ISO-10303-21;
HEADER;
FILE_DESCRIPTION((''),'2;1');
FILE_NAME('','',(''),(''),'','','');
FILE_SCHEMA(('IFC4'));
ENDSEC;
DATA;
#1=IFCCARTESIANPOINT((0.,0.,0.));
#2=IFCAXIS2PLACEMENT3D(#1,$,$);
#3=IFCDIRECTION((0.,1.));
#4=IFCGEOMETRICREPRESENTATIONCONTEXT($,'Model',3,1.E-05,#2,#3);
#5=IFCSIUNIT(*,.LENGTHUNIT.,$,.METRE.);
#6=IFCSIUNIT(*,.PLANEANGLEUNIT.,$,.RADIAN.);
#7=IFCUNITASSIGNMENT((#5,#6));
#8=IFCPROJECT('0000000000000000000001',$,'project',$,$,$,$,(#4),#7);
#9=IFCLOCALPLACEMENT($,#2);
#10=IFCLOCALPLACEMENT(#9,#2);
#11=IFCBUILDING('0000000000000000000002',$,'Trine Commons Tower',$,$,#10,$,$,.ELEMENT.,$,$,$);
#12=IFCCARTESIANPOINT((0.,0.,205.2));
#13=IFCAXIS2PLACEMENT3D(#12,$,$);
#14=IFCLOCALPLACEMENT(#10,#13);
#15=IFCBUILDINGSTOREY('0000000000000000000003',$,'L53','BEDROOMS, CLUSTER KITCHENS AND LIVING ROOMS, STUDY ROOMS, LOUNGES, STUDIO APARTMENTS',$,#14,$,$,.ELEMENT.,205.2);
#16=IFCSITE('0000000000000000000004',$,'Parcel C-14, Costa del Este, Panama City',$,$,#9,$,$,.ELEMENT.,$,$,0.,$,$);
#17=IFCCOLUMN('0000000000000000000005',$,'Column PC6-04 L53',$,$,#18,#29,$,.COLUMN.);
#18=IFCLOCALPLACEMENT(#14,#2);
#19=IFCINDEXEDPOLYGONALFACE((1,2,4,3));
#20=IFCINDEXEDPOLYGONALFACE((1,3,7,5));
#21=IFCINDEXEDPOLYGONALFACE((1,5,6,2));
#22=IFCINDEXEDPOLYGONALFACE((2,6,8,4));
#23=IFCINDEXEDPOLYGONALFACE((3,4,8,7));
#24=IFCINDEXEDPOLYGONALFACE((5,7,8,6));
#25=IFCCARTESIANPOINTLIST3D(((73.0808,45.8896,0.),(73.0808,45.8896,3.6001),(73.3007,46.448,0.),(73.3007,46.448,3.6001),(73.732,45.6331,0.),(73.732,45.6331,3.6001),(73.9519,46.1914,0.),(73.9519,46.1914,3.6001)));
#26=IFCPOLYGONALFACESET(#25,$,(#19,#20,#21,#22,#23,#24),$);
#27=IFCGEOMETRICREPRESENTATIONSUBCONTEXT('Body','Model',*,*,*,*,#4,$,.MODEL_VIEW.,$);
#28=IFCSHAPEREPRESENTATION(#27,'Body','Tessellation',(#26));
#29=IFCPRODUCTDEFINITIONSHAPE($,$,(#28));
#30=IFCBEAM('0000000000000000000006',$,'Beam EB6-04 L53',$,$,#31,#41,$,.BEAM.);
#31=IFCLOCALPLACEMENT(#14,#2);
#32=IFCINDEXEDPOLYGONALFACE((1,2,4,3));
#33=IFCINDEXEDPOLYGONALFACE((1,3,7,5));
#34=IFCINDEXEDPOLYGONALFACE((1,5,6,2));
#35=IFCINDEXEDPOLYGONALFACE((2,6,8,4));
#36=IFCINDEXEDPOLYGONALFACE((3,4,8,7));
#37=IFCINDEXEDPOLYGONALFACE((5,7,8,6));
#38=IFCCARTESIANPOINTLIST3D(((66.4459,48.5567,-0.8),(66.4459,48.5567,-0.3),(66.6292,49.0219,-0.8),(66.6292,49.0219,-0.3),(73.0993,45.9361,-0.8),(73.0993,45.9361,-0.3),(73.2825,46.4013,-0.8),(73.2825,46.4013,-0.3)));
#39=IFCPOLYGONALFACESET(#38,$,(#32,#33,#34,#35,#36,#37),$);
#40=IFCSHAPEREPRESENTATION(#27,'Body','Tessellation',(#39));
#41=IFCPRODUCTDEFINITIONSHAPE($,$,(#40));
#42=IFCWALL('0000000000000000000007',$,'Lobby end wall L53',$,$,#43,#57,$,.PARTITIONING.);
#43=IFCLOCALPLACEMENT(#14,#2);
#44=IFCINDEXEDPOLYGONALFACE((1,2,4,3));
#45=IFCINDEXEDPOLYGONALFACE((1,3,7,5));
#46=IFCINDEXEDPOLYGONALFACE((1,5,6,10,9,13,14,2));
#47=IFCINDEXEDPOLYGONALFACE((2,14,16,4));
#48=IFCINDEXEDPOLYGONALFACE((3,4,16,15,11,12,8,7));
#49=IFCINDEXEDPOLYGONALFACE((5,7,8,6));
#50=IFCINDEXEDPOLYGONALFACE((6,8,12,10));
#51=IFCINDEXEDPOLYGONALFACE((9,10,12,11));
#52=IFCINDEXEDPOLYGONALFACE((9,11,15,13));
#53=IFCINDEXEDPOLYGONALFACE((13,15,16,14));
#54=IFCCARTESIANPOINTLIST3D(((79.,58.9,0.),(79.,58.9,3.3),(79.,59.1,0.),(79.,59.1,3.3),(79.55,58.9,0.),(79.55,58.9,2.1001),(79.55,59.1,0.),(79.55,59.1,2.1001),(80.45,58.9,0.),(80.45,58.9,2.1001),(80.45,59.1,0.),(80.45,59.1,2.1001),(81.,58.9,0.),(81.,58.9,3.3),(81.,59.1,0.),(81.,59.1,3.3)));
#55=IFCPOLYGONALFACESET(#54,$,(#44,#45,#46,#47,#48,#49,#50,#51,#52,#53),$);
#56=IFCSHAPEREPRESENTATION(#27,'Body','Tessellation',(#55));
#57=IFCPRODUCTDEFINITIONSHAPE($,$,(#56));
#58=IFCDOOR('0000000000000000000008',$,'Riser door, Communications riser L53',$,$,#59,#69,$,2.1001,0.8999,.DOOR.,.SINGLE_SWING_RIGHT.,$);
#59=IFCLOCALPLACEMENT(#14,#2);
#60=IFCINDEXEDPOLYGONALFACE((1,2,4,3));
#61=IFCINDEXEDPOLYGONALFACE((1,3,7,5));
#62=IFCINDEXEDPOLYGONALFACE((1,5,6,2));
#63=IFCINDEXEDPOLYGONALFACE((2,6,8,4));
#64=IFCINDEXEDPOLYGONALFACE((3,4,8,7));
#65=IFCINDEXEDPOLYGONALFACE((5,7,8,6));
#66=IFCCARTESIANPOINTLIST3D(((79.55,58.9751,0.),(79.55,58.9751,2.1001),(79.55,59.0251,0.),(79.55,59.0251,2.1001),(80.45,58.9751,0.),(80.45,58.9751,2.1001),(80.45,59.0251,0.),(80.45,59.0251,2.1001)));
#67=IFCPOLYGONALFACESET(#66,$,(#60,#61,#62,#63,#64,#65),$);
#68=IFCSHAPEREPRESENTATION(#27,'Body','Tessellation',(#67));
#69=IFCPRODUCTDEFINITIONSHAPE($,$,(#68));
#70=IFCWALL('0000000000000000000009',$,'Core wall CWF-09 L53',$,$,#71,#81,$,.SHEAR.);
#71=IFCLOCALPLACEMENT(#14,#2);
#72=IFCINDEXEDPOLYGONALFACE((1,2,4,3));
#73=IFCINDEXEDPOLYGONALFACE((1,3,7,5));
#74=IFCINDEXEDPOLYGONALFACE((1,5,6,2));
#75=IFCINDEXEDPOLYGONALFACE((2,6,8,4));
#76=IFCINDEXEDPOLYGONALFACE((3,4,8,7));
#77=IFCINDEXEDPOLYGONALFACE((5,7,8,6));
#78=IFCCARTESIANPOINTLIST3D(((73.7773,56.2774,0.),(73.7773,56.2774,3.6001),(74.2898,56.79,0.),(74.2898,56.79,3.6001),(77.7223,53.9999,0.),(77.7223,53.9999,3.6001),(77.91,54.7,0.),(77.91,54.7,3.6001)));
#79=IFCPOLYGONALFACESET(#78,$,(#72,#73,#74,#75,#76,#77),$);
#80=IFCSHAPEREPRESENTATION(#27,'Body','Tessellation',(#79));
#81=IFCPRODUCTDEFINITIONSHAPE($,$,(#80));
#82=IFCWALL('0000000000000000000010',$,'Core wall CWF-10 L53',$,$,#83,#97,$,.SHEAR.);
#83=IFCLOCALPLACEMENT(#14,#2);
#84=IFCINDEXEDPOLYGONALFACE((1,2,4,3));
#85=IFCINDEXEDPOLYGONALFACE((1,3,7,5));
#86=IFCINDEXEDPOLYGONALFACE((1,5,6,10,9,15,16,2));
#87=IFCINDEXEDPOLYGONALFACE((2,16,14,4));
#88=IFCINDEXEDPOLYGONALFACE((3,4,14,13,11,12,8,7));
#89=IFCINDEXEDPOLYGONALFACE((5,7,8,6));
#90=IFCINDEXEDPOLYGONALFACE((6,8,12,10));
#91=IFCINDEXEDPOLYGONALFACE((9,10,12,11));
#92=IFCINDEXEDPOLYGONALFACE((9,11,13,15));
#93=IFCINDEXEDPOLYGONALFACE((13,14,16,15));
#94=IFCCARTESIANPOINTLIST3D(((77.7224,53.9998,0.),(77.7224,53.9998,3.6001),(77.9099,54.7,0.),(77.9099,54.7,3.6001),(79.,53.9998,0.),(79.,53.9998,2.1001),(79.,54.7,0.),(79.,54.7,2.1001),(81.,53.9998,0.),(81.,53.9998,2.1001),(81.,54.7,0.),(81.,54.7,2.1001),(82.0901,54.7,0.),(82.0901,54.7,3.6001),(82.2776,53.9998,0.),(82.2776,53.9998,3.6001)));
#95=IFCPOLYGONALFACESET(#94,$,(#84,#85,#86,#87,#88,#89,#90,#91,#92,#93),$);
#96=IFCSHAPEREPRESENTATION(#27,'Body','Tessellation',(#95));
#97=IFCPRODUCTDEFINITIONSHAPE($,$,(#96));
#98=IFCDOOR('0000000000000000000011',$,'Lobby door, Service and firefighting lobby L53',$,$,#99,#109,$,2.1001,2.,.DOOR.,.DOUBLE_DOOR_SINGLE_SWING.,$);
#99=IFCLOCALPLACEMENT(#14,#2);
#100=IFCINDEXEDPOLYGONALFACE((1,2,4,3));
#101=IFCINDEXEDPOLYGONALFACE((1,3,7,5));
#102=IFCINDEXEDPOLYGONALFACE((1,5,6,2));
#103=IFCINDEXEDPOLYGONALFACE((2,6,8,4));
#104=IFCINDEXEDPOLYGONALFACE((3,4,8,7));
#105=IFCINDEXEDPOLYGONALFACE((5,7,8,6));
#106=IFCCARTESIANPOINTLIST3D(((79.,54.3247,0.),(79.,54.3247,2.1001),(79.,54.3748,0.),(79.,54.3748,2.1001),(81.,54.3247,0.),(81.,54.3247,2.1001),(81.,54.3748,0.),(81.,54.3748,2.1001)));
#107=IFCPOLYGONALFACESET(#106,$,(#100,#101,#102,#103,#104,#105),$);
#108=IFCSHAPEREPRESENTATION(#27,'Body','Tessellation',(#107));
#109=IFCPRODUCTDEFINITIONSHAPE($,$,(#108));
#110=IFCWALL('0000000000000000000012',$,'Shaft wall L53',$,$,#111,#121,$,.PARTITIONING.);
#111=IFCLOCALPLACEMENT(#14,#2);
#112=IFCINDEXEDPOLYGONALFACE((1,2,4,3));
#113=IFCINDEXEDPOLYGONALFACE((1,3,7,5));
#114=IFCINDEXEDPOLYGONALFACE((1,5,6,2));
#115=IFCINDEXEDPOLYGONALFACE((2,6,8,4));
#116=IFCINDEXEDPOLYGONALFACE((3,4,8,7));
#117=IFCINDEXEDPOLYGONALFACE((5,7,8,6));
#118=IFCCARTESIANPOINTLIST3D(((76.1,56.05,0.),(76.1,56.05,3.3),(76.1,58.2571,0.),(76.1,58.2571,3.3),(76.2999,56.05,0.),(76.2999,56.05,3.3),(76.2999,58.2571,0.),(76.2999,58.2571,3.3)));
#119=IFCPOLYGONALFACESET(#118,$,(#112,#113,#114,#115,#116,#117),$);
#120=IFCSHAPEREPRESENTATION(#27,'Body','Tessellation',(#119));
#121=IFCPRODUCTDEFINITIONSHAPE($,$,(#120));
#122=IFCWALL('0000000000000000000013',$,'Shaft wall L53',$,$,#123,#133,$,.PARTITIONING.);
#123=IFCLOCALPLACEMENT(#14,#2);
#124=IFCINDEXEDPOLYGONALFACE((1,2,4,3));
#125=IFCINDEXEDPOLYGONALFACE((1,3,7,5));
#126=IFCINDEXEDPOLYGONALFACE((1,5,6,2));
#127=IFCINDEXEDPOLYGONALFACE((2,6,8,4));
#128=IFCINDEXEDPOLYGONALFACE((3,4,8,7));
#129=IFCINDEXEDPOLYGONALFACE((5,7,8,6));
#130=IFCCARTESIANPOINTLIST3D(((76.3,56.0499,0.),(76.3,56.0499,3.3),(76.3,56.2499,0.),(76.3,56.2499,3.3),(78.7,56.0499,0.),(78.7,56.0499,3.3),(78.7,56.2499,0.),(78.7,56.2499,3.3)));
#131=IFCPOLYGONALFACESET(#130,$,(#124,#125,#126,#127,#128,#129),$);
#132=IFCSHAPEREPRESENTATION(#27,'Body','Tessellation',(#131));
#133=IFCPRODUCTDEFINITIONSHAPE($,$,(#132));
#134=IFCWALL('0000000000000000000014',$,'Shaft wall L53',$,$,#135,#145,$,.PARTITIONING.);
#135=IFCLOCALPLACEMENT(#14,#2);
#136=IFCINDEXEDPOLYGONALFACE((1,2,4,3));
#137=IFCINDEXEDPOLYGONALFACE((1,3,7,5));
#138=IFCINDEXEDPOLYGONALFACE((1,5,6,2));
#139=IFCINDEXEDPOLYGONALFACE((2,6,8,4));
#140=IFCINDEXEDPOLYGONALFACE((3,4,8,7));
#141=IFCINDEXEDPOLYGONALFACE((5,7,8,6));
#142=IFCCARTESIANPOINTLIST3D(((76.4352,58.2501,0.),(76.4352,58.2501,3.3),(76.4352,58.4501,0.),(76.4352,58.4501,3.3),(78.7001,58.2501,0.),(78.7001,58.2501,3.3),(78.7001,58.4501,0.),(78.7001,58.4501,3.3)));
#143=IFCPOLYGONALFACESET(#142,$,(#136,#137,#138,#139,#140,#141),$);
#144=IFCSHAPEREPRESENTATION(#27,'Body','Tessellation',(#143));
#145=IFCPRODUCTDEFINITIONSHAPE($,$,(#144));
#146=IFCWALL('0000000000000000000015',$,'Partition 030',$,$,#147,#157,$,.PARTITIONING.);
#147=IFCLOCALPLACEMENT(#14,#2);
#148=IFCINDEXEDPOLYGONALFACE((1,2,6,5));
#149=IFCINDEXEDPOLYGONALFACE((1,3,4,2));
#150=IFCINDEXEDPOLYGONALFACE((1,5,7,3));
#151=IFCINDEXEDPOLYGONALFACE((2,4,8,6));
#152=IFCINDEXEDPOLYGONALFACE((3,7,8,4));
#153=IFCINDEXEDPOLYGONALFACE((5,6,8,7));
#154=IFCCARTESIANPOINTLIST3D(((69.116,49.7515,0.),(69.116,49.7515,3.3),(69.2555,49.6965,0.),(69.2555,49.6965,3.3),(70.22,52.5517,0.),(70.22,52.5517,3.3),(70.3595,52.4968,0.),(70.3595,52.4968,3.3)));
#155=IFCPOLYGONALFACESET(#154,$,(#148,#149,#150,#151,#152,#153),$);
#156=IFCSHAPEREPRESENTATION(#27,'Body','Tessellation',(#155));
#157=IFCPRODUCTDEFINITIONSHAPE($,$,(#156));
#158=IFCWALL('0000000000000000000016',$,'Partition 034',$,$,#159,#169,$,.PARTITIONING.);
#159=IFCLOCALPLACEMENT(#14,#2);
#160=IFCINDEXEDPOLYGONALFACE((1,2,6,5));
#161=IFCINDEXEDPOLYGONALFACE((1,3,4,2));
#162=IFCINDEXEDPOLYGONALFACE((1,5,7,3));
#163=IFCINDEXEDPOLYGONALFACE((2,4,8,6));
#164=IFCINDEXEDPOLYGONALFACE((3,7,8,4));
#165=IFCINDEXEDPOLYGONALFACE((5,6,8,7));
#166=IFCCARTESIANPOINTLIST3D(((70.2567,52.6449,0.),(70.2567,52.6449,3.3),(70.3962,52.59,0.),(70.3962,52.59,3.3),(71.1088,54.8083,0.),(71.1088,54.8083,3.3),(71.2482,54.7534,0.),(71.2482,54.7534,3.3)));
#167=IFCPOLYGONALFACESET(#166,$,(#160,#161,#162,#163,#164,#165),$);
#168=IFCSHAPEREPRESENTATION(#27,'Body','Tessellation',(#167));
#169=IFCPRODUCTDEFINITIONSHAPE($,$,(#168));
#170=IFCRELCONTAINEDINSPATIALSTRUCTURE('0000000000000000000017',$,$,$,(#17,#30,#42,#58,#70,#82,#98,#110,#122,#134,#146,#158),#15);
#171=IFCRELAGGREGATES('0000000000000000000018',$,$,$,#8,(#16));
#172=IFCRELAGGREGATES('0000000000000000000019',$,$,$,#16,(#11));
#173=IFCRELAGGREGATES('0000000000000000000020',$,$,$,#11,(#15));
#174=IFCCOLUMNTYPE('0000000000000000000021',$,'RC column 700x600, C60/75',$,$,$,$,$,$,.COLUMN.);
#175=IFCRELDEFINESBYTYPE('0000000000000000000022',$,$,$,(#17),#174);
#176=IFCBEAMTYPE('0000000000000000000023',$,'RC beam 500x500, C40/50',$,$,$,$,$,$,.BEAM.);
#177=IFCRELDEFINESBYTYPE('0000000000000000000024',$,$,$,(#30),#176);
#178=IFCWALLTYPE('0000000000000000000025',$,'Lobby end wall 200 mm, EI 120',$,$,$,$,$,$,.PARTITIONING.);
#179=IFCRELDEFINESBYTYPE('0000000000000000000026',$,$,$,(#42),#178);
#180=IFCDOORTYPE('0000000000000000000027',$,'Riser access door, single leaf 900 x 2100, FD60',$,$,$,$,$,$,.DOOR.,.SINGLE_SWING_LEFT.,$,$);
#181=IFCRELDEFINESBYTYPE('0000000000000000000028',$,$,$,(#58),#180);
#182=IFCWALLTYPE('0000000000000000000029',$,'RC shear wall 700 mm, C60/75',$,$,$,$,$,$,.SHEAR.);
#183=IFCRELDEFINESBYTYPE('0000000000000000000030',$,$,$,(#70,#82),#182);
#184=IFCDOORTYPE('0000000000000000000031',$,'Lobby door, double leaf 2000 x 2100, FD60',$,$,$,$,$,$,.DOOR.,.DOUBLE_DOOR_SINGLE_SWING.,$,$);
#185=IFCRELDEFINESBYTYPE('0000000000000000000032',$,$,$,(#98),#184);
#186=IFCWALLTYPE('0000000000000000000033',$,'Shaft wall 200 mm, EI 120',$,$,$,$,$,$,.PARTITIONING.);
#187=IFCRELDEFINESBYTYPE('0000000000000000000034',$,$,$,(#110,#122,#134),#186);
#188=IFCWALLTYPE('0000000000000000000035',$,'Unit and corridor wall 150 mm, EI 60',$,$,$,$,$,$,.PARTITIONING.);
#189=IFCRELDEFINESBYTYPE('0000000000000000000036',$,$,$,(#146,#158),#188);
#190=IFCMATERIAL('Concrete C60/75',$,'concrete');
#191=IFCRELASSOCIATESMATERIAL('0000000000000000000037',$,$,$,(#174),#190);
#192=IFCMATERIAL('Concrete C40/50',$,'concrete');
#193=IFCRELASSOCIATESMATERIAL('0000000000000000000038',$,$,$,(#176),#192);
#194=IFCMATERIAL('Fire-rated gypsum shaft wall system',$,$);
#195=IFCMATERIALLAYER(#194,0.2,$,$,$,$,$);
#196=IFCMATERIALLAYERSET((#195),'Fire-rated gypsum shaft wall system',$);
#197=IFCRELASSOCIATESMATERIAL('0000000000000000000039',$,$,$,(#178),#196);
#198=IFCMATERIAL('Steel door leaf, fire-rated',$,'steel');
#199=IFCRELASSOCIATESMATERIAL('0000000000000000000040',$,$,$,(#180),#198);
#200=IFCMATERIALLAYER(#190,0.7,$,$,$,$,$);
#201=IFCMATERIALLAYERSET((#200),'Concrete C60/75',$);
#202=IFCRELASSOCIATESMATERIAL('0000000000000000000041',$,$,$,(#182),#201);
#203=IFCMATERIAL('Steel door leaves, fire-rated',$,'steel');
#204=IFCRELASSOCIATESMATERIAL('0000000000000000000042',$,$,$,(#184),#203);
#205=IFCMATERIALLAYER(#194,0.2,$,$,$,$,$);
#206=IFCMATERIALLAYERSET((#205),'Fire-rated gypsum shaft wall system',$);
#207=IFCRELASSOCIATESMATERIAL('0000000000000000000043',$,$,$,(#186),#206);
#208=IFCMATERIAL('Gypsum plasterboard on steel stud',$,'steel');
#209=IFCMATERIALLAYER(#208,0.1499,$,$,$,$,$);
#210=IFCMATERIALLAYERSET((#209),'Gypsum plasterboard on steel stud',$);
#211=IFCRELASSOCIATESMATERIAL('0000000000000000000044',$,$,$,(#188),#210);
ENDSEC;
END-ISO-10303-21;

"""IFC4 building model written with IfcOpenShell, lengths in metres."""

from ifc_helpers import new_model, si_unit, direction, frame, frame_2d, origin, origin_2d, place, context, subcontext, project, spatial, polyline, rectangle, outline, extrude, material, layer, layer_set, material_profile, profile_set, type_object, element, fill, save


model = new_model("IFC4")

# Units and contexts
model_context = context("Model", 3, precision=1e-05, world=origin(), true_north=direction((0.0, 1.0)))
body_context = subcontext(model_context, "Body", "Model", "MODEL_VIEW")
ifc_project = project(units=[si_unit("LENGTHUNIT", "METRE"), si_unit("PLANEANGLEUNIT", "RADIAN")], contexts=[model_context])

# Site, building, storey
site_placement = place(None, origin())
site = spatial("IfcSite", under=ifc_project, at=site_placement, Name="Parcel C-14, Costa del Este, Panama City", CompositionType="ELEMENT", RefElevation=0.0)
building_placement = place(site_placement, origin())
building = spatial("IfcBuilding", under=site, at=building_placement, Name="Trine Commons Tower", CompositionType="ELEMENT")
storey_placement = place(building_placement, frame((0.0, 0.0, 205.2)))
storey = spatial("IfcBuildingStorey", under=building, at=storey_placement, Name="L53", Description="BEDROOMS, CLUSTER KITCHENS AND LIVING ROOMS, STUDY ROOMS, LOUNGES, STUDIO APARTMENTS", CompositionType="ELEMENT", Elevation=205.2)

# Column
ifc_material_1 = material(Name="Concrete C60/75", Category="concrete")
ifc_material_profile_1 = material_profile(ifc_material_1, rectangle(XDim=0.7, YDim=0.6001, at=origin_2d()), Name="RC 700x600")
ifc_profile_set_1 = profile_set([ifc_material_profile_1], Name="Concrete C60/75")
column_type = type_object("IfcColumnType", Name="RC column 700x600, C60/75", PredefinedType="COLUMN", material=ifc_profile_set_1)
column_placement = place(storey_placement, frame((73.5164, 46.0405, 0.0), z_axis=(0.0, 0.0, 1.0), x_axis=(-0.930418, 0.366501, 0.0)))
element("IfcColumn", 1, at=column_placement, inside=storey, type_object=column_type, Name="Column PC6-04 L53", PredefinedType="COLUMN", context=body_context, shape_type="SweptSolid", body=[
    extrude(rectangle(XDim=0.7, YDim=0.6001, at=origin_2d()), origin(), (0.0, 0.0, 1.0), 3.6001),
])

# Beam
ifc_material_2 = material(Name="Concrete C40/50", Category="concrete")
ifc_material_profile_2 = material_profile(ifc_material_2, rectangle(XDim=0.5, YDim=0.5, at=origin_2d()), Name="RC 500x500")
ifc_profile_set_2 = profile_set([ifc_material_profile_2], Name="Concrete C40/50")
beam_type = type_object("IfcBeamType", Name="RC beam 500x500, C40/50", PredefinedType="BEAM", material=ifc_profile_set_2)
beam_placement = place(storey_placement, frame((73.1909, 46.1687, -0.55), z_axis=(-0.930427, 0.366476, 0.0), x_axis=(-0.366476, -0.930427, 0.0)))
element("IfcBeam", 2, at=beam_placement, inside=storey, type_object=beam_type, Name="Beam EB6-04 L53", PredefinedType="BEAM", context=body_context, shape_type="SweptSolid", body=[
    extrude(rectangle(XDim=0.5, YDim=0.5, at=origin_2d()), origin(), (0.0, 0.0, 1.0), 7.1509),
])

# Wall, opening, door
ifc_material_3 = material(Name="Fire-rated gypsum shaft wall system")
ifc_layer_1 = layer(ifc_material_3, 0.2)
ifc_layer_set_1 = layer_set([ifc_layer_1], Name="Fire-rated gypsum shaft wall system")
wall_type_1 = type_object("IfcWallType", Name="Lobby end wall 200 mm, EI 120", PredefinedType="PARTITIONING", material=ifc_layer_set_1)
wall_1_placement = place(storey_placement, frame((79.0, 59.0, 0.0), z_axis=(0.0, 0.0, 1.0), x_axis=(1.0, 0.0, 0.0)))
wall_1 = element("IfcWall", 3, at=wall_1_placement, inside=storey, type_object=wall_type_1, Name="Lobby end wall L53", PredefinedType="PARTITIONING", context=body_context, shape_type="SweptSolid", body=[
    extrude(rectangle(XDim=2.0, YDim=0.2, at=frame_2d((1.0, 0.0))), origin(), (0.0, 0.0, 1.0), 3.3),
])
opening_1_placement = place(wall_1_placement, frame((0.55, 0.0, 0.0)))
opening_1 = element("IfcOpeningElement", 4, at=opening_1_placement, cuts=wall_1, PredefinedType="OPENING", context=body_context, shape_type="SweptSolid", body=[
    extrude(rectangle(XDim=0.8999, YDim=2.1001, at=frame_2d((0.45, 1.05))), frame((0.0, 0.1099, 0.0), z_axis=(0.0, -1.0, 0.0), x_axis=(1.0, 0.0, 0.0)), (0.0, 0.0, 1.0), 0.22),
])
ifc_material_4 = material(Name="Steel door leaf, fire-rated", Category="steel")
door_type_1 = type_object("IfcDoorType", Name="Riser access door, single leaf 900 x 2100, FD60", OperationType="SINGLE_SWING_LEFT", PredefinedType="DOOR", material=ifc_material_4)
door_1_placement = place(opening_1_placement, frame((0.8999, 0.0, 0.0), z_axis=(0.0, 0.0, 1.0), x_axis=(-1.0, 0.0, 0.0)))
door_1 = element("IfcDoor", 5, at=door_1_placement, inside=storey, type_object=door_type_1, Name="Riser door, Communications riser L53", OperationType="SINGLE_SWING_RIGHT", OverallHeight=2.1001, OverallWidth=0.8999, PredefinedType="DOOR", context=body_context, shape_type="SweptSolid", body=[
    extrude(rectangle(XDim=0.8999, YDim=2.1001, at=frame_2d((0.45, 1.05))), frame((0.0, 0.0249, 0.0), z_axis=(0.0, -1.0, 0.0), x_axis=(1.0, 0.0, 0.0)), (0.0, 0.0, 1.0), 0.05),
])
fill(opening_1, door_1)

# Wall
ifc_layer_2 = layer(ifc_material_1, 0.7)
ifc_layer_set_2 = layer_set([ifc_layer_2], Name="Concrete C60/75")
wall_type_2 = type_object("IfcWallType", Name="RC shear wall 700 mm, C60/75", PredefinedType="SHEAR", material=ifc_layer_set_2)
wall_2_placement = place(storey_placement, frame((73.9524, 56.5806, 0.0), z_axis=(0.0, 0.0, 1.0), x_axis=(0.866035, -0.499984, 0.0)))
element("IfcWall", 6, at=wall_2_placement, inside=storey, type_object=wall_type_2, Name="Core wall CWF-09 L53", PredefinedType="SHEAR", context=body_context, shape_type="SweptSolid", body=[
    extrude(outline(polyline([(0.0, -0.3501), (4.5552, -0.3501), (4.3677, 0.3501), (0.1875, 0.3501), (0.0, -0.3501)])), origin(), (0.0, 0.0, 1.0), 3.6001),
])

# Wall, opening, door
wall_3_placement = place(storey_placement, frame((77.7224, 54.3499, 0.0), z_axis=(0.0, 0.0, 1.0), x_axis=(1.0, 0.0, 0.0)))
wall_3 = element("IfcWall", 7, at=wall_3_placement, inside=storey, type_object=wall_type_2, Name="Core wall CWF-10 L53", PredefinedType="SHEAR", context=body_context, shape_type="SweptSolid", body=[
    extrude(outline(polyline([(0.0, -0.3501), (4.5552, -0.3501), (4.3677, 0.3501), (0.1875, 0.3501), (0.0, -0.3501)])), origin(), (0.0, 0.0, 1.0), 3.6001),
])
opening_2_placement = place(wall_3_placement, frame((1.2776, 0.0, 0.0)))
opening_2 = element("IfcOpeningElement", 8, at=opening_2_placement, cuts=wall_3, PredefinedType="OPENING", context=body_context, shape_type="SweptSolid", body=[
    extrude(rectangle(XDim=2.0, YDim=2.1001, at=frame_2d((1.0, 1.05))), frame((0.0, 0.3599, 0.0), z_axis=(0.0, -1.0, 0.0), x_axis=(1.0, 0.0, 0.0)), (0.0, 0.0, 1.0), 0.72),
])
ifc_material_5 = material(Name="Steel door leaves, fire-rated", Category="steel")
door_type_2 = type_object("IfcDoorType", Name="Lobby door, double leaf 2000 x 2100, FD60", OperationType="DOUBLE_DOOR_SINGLE_SWING", PredefinedType="DOOR", material=ifc_material_5)
door_2_placement = place(opening_2_placement, origin())
door_2 = element("IfcDoor", 9, at=door_2_placement, inside=storey, type_object=door_type_2, Name="Lobby door, Service and firefighting lobby L53", OperationType="DOUBLE_DOOR_SINGLE_SWING", OverallHeight=2.1001, OverallWidth=2.0, PredefinedType="DOOR", context=body_context, shape_type="SweptSolid", body=[
    extrude(rectangle(XDim=2.0, YDim=2.1001, at=frame_2d((1.0, 1.05))), frame((0.0, 0.0249, 0.0), z_axis=(0.0, -1.0, 0.0), x_axis=(1.0, 0.0, 0.0)), (0.0, 0.0, 1.0), 0.05),
])
fill(opening_2, door_2)

# Walls
ifc_layer_3 = layer(ifc_material_3, 0.2)
ifc_layer_set_3 = layer_set([ifc_layer_3], Name="Fire-rated gypsum shaft wall system")
wall_type_3 = type_object("IfcWallType", Name="Shaft wall 200 mm, EI 120", PredefinedType="PARTITIONING", material=ifc_layer_set_3)
wall_4_placement = place(storey_placement, frame((76.2, 58.2571, 0.0), z_axis=(0.0, 0.0, 1.0), x_axis=(0.0, -1.0, 0.0)))
element("IfcWall", 10, at=wall_4_placement, inside=storey, type_object=wall_type_3, Name="Shaft wall L53", PredefinedType="PARTITIONING", context=body_context, shape_type="SweptSolid", body=[
    extrude(rectangle(XDim=2.207, YDim=0.2, at=frame_2d((1.1035, 0.0))), origin(), (0.0, 0.0, 1.0), 3.3),
])
wall_5_placement = place(storey_placement, frame((78.7, 56.1499, 0.0), z_axis=(0.0, 0.0, 1.0), x_axis=(-1.0, 0.0, 0.0)))
element("IfcWall", 11, at=wall_5_placement, inside=storey, type_object=wall_type_3, Name="Shaft wall L53", PredefinedType="PARTITIONING", context=body_context, shape_type="SweptSolid", body=[
    extrude(rectangle(XDim=2.3999, YDim=0.2, at=frame_2d((1.2, 0.0))), origin(), (0.0, 0.0, 1.0), 3.3),
])
wall_6_placement = place(storey_placement, frame((78.7, 58.3501, 0.0), z_axis=(0.0, 0.0, 1.0), x_axis=(-1.0, 0.0, 0.0)))
element("IfcWall", 12, at=wall_6_placement, inside=storey, type_object=wall_type_3, Name="Shaft wall L53", PredefinedType="PARTITIONING", context=body_context, shape_type="SweptSolid", body=[
    extrude(rectangle(XDim=2.2649, YDim=0.2, at=frame_2d((1.1323, 0.0))), origin(), (0.0, 0.0, 1.0), 3.3),
])
ifc_material_6 = material(Name="Gypsum plasterboard on steel stud", Category="steel")
ifc_layer_4 = layer(ifc_material_6, 0.1499)
ifc_layer_set_4 = layer_set([ifc_layer_4], Name="Gypsum plasterboard on steel stud")
wall_type_4 = type_object("IfcWallType", Name="Unit and corridor wall 150 mm, EI 60", PredefinedType="PARTITIONING", material=ifc_layer_set_4)
wall_7_placement = place(storey_placement, frame((69.1858, 49.7241, 0.0), z_axis=(0.0, 0.0, 1.0), x_axis=(0.366771, 0.930311, 0.0)))
element("IfcWall", 13, at=wall_7_placement, inside=storey, type_object=wall_type_4, Name="Partition 030", PredefinedType="PARTITIONING", context=body_context, shape_type="SweptSolid", body=[
    extrude(rectangle(XDim=3.01, YDim=0.1499, at=frame_2d((1.5049, 0.0))), origin(), (0.0, 0.0, 1.0), 3.3),
])
wall_8_placement = place(storey_placement, frame((70.3264, 52.6174, 0.0), z_axis=(0.0, 0.0, 1.0), x_axis=(0.366461, 0.930433, 0.0)))
element("IfcWall", 14, at=wall_8_placement, inside=storey, type_object=wall_type_4, Name="Partition 034", PredefinedType="PARTITIONING", context=body_context, shape_type="SweptSolid", body=[
    extrude(rectangle(XDim=2.3252, YDim=0.1499, at=frame_2d((1.1626, 0.0))), origin(), (0.0, 0.0, 1.0), 3.3),
])

save(model, "model.ifc")
